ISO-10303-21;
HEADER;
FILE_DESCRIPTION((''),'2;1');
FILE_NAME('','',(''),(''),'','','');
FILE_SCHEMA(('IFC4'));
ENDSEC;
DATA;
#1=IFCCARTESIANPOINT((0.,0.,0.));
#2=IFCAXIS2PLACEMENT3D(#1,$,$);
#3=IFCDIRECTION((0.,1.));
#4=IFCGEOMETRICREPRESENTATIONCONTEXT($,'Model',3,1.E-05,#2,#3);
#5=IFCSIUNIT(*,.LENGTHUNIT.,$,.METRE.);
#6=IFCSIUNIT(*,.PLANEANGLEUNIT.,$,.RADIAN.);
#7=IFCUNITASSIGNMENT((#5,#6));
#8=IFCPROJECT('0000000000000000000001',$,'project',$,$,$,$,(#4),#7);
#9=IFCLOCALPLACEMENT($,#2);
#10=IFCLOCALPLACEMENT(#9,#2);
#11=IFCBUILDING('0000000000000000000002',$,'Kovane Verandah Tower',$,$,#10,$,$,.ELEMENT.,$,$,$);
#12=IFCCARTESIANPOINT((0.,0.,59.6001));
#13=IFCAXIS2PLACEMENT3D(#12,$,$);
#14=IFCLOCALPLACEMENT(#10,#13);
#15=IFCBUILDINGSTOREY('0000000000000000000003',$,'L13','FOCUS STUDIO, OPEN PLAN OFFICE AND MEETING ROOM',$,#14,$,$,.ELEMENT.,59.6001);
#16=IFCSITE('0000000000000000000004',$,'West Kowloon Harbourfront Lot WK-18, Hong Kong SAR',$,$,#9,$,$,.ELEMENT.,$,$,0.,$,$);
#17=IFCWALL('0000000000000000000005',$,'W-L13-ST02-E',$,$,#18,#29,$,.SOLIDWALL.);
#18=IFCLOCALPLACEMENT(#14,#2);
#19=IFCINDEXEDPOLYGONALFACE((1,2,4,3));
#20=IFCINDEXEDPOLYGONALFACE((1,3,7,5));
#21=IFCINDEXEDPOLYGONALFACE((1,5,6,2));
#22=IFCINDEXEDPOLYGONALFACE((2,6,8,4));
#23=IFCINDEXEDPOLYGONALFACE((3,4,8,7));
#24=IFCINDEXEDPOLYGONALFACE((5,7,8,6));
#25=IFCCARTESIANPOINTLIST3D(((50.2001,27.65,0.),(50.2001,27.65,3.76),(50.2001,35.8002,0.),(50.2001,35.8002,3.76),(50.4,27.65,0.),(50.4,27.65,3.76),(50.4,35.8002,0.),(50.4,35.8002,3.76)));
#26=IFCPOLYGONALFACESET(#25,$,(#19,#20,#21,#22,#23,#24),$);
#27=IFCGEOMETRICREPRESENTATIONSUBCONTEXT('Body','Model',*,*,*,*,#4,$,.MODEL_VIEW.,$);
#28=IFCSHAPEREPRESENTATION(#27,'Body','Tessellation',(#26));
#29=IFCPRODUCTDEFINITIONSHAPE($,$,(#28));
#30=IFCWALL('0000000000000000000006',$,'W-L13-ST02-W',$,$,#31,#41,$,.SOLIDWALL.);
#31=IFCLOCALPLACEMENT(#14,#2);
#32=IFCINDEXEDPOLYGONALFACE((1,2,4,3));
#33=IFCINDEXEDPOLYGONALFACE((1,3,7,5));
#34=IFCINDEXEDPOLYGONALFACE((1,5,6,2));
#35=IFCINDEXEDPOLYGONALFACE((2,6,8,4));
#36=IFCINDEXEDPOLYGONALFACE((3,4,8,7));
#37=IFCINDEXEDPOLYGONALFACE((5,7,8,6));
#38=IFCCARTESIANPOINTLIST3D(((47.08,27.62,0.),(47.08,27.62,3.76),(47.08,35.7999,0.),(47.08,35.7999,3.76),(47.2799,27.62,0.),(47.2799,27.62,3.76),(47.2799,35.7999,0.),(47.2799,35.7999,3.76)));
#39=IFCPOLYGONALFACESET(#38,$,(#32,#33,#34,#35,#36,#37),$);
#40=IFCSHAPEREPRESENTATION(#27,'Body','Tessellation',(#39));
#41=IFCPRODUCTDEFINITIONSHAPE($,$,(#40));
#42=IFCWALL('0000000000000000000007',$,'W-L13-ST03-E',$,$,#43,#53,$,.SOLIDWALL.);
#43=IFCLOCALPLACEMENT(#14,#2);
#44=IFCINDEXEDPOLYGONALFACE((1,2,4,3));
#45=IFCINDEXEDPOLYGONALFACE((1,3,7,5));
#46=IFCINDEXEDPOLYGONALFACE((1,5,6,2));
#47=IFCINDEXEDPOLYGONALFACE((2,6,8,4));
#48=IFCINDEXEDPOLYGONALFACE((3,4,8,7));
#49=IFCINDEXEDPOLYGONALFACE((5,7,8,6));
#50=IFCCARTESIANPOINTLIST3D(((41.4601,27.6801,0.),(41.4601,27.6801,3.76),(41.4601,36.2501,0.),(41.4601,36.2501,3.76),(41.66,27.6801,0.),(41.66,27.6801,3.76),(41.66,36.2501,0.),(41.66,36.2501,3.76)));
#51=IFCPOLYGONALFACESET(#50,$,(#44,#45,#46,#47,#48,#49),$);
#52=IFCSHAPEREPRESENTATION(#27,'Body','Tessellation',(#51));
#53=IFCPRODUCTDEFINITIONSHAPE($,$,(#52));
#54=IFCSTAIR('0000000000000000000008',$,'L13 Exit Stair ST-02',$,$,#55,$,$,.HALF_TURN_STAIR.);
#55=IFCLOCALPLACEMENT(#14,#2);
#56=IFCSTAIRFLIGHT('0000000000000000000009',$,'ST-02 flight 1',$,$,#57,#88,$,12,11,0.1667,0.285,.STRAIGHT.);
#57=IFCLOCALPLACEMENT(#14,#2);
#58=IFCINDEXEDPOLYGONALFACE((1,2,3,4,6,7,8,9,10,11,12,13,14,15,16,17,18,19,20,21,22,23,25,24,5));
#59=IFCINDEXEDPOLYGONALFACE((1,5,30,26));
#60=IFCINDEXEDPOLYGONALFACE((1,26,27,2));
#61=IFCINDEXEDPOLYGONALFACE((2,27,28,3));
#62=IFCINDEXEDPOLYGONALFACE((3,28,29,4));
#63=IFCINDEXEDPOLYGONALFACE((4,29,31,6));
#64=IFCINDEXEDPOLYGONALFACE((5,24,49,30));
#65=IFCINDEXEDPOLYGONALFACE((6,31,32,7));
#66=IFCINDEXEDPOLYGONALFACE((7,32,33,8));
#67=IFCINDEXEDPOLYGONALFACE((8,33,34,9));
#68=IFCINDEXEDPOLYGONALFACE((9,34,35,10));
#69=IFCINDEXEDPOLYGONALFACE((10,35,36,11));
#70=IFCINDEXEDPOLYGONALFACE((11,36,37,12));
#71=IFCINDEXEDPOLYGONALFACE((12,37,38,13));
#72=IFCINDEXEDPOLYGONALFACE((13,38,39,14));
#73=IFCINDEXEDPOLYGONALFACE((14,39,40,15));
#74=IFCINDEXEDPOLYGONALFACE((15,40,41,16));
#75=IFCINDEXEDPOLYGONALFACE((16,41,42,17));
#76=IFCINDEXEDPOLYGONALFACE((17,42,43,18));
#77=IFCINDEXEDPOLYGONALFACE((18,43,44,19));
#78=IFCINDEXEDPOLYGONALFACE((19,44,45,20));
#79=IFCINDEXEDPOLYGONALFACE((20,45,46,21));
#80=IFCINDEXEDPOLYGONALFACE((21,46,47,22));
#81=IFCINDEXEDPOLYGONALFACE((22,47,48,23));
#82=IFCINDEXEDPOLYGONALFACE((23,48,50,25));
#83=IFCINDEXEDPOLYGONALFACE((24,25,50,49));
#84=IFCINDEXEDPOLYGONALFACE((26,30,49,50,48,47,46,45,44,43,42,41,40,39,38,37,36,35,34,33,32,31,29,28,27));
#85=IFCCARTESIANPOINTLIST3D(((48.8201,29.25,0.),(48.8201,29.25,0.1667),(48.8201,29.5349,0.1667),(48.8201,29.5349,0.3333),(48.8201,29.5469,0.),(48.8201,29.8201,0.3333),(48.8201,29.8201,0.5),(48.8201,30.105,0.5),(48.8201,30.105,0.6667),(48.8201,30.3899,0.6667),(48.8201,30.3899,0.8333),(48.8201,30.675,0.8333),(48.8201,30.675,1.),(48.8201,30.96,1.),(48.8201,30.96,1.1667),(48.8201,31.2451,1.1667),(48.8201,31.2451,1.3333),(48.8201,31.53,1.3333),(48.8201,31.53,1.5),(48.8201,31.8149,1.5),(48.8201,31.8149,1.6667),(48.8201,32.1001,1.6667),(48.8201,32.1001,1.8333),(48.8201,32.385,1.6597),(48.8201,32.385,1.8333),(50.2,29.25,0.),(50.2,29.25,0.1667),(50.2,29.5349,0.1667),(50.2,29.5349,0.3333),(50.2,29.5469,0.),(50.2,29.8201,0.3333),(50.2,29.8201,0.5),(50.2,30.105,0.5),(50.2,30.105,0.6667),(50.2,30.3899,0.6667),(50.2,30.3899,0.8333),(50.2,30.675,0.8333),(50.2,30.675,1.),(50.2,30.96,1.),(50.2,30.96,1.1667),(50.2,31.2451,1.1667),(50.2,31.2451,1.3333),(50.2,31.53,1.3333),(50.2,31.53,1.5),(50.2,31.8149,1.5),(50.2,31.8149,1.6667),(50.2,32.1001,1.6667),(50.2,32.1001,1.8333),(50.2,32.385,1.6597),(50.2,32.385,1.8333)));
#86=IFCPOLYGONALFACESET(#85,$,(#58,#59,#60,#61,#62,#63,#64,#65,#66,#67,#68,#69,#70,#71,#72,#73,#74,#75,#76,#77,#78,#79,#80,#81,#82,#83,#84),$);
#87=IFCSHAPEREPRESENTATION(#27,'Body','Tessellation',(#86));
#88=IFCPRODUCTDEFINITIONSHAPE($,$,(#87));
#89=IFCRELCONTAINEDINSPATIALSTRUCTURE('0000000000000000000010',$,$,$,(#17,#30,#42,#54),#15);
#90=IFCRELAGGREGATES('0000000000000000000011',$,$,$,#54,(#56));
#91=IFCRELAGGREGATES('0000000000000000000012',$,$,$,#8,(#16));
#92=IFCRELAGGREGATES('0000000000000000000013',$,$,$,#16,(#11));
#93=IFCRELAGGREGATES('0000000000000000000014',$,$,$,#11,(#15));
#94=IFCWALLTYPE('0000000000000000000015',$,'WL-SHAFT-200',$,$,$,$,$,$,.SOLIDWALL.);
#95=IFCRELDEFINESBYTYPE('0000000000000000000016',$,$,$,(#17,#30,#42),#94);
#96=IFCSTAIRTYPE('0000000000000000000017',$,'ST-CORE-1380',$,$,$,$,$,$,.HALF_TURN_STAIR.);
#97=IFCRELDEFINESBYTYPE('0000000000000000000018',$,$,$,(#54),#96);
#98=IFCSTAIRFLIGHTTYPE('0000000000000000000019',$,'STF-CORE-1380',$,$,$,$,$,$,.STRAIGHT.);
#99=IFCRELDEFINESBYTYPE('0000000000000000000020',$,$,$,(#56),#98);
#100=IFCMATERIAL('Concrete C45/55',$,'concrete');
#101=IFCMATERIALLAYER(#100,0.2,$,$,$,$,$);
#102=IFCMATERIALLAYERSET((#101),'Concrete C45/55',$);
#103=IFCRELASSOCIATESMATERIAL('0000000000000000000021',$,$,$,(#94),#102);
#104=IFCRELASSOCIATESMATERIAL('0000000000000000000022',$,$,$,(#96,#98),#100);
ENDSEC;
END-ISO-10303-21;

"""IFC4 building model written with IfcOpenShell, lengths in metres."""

from ifc_helpers import new_model, si_unit, direction, frame, frame_2d, origin, place, context, subcontext, project, spatial, polyline, rectangle, outline, extrude, material, layer, layer_set, type_object, element, aggregate, save


model = new_model("IFC4")

# Units and contexts
model_context = context("Model", 3, precision=1e-05, world=origin(), true_north=direction((0.0, 1.0)))
body_context = subcontext(model_context, "Body", "Model", "MODEL_VIEW")
ifc_project = project(units=[si_unit("LENGTHUNIT", "METRE"), si_unit("PLANEANGLEUNIT", "RADIAN")], contexts=[model_context])

# Site, building, storey
site_placement = place(None, origin())
site = spatial("IfcSite", under=ifc_project, at=site_placement, Name="West Kowloon Harbourfront Lot WK-18, Hong Kong SAR", CompositionType="ELEMENT", RefElevation=0.0)
building_placement = place(site_placement, origin())
building = spatial("IfcBuilding", under=site, at=building_placement, Name="Kovane Verandah Tower", CompositionType="ELEMENT")
storey_placement = place(building_placement, frame((0.0, 0.0, 59.6001)))
storey = spatial("IfcBuildingStorey", under=building, at=storey_placement, Name="L13", Description="FOCUS STUDIO, OPEN PLAN OFFICE AND MEETING ROOM", CompositionType="ELEMENT", Elevation=59.6001)

# Walls
ifc_material_1 = material(Name="Concrete C45/55", Category="concrete")
ifc_layer_1 = layer(ifc_material_1, 0.2)
ifc_layer_set_1 = layer_set([ifc_layer_1], Name="Concrete C45/55")
wall_type_1 = type_object("IfcWallType", Name="WL-SHAFT-200", PredefinedType="SOLIDWALL", material=ifc_layer_set_1)
wall_1_placement = place(storey_placement, frame((50.3, 27.6499, 0.0), z_axis=(0.0, 0.0, 1.0), x_axis=(0.0, 1.0, 0.0)))
element("IfcWall", 1, at=wall_1_placement, inside=storey, type_object=wall_type_1, Name="W-L13-ST02-E", PredefinedType="SOLIDWALL", context=body_context, shape_type="SweptSolid", body=[
    extrude(rectangle(XDim=8.1501, YDim=0.2, at=frame_2d((4.0752, 0.0))), origin(), (0.0, 0.0, 1.0), 3.76),
])
wall_2_placement = place(storey_placement, frame((47.1799, 27.6201, 0.0), z_axis=(0.0, 0.0, 1.0), x_axis=(0.0, 1.0, 0.0)))
element("IfcWall", 2, at=wall_2_placement, inside=storey, type_object=wall_type_1, Name="W-L13-ST02-W", PredefinedType="SOLIDWALL", context=body_context, shape_type="SweptSolid", body=[
    extrude(rectangle(XDim=8.1799, YDim=0.2, at=frame_2d((4.0898, 0.0))), origin(), (0.0, 0.0, 1.0), 3.76),
])

# Wall
wall_3_placement = place(storey_placement, frame((41.5601, 27.6799, 0.0), z_axis=(0.0, 0.0, 1.0), x_axis=(0.0, 1.0, 0.0)))
element("IfcWall", 3, at=wall_3_placement, inside=storey, type_object=wall_type_1, Name="W-L13-ST03-E", PredefinedType="SOLIDWALL", context=body_context, shape_type="SweptSolid", body=[
    extrude(rectangle(XDim=8.5701, YDim=0.2, at=frame_2d((4.2852, 0.0))), origin(), (0.0, 0.0, 1.0), 3.76),
])

# Stair, stair flight
stair_type = type_object("IfcStairType", Name="ST-CORE-1380", PredefinedType="HALF_TURN_STAIR", material=ifc_material_1)
stair_placement = place(storey_placement, origin())
stair = element("IfcStair", 4, at=stair_placement, inside=storey, type_object=stair_type, Name="L13 Exit Stair ST-02", PredefinedType="HALF_TURN_STAIR")
stair_flight_type = type_object("IfcStairFlightType", Name="STF-CORE-1380", PredefinedType="STRAIGHT", material=ifc_material_1)
stair_flight_placement = place(storey_placement, frame((49.51, 29.25, 0.0), z_axis=(0.0, 0.0, 1.0), x_axis=(0.0, 1.0, 0.0)))
stair_flight = element("IfcStairFlight", 5, at=stair_flight_placement, type_object=stair_flight_type, Name="ST-02 flight 1", NumberOfRisers=12, NumberOfTreads=11, PredefinedType="STRAIGHT", RiserHeight=0.1667, TreadLength=0.285, context=body_context, shape_type="SweptSolid", body=[
    extrude(outline(polyline([(0.0, 0.0), (0.0, 0.1667), (0.2849, 0.1667), (0.2849, 0.3333), (0.5701, 0.3333), (0.5701, 0.5), (0.855, 0.5), (0.855, 0.6667), (1.1399, 0.6667), (1.1399, 0.8333), (1.425, 0.8333), (1.425, 1.0), (1.71, 1.0), (1.71, 1.1667), (1.9951, 1.1667), (1.9951, 1.3333), (2.28, 1.3333), (2.28, 1.5), (2.5649, 1.5), (2.5649, 1.6667), (2.8501, 1.6667), (2.8501, 1.8333), (3.135, 1.8333), (3.135, 2.0), (3.135, 1.6597), (0.2969, 0.0), (0.0, 0.0)])), frame((0.0, 0.6899, 0.0), z_axis=(0.0, -1.0, 0.0), x_axis=(1.0, 0.0, 0.0)), (0.0, 0.0, 1.0), 1.3799),
])
aggregate(stair, [stair_flight])

save(model, "model.ifc")
